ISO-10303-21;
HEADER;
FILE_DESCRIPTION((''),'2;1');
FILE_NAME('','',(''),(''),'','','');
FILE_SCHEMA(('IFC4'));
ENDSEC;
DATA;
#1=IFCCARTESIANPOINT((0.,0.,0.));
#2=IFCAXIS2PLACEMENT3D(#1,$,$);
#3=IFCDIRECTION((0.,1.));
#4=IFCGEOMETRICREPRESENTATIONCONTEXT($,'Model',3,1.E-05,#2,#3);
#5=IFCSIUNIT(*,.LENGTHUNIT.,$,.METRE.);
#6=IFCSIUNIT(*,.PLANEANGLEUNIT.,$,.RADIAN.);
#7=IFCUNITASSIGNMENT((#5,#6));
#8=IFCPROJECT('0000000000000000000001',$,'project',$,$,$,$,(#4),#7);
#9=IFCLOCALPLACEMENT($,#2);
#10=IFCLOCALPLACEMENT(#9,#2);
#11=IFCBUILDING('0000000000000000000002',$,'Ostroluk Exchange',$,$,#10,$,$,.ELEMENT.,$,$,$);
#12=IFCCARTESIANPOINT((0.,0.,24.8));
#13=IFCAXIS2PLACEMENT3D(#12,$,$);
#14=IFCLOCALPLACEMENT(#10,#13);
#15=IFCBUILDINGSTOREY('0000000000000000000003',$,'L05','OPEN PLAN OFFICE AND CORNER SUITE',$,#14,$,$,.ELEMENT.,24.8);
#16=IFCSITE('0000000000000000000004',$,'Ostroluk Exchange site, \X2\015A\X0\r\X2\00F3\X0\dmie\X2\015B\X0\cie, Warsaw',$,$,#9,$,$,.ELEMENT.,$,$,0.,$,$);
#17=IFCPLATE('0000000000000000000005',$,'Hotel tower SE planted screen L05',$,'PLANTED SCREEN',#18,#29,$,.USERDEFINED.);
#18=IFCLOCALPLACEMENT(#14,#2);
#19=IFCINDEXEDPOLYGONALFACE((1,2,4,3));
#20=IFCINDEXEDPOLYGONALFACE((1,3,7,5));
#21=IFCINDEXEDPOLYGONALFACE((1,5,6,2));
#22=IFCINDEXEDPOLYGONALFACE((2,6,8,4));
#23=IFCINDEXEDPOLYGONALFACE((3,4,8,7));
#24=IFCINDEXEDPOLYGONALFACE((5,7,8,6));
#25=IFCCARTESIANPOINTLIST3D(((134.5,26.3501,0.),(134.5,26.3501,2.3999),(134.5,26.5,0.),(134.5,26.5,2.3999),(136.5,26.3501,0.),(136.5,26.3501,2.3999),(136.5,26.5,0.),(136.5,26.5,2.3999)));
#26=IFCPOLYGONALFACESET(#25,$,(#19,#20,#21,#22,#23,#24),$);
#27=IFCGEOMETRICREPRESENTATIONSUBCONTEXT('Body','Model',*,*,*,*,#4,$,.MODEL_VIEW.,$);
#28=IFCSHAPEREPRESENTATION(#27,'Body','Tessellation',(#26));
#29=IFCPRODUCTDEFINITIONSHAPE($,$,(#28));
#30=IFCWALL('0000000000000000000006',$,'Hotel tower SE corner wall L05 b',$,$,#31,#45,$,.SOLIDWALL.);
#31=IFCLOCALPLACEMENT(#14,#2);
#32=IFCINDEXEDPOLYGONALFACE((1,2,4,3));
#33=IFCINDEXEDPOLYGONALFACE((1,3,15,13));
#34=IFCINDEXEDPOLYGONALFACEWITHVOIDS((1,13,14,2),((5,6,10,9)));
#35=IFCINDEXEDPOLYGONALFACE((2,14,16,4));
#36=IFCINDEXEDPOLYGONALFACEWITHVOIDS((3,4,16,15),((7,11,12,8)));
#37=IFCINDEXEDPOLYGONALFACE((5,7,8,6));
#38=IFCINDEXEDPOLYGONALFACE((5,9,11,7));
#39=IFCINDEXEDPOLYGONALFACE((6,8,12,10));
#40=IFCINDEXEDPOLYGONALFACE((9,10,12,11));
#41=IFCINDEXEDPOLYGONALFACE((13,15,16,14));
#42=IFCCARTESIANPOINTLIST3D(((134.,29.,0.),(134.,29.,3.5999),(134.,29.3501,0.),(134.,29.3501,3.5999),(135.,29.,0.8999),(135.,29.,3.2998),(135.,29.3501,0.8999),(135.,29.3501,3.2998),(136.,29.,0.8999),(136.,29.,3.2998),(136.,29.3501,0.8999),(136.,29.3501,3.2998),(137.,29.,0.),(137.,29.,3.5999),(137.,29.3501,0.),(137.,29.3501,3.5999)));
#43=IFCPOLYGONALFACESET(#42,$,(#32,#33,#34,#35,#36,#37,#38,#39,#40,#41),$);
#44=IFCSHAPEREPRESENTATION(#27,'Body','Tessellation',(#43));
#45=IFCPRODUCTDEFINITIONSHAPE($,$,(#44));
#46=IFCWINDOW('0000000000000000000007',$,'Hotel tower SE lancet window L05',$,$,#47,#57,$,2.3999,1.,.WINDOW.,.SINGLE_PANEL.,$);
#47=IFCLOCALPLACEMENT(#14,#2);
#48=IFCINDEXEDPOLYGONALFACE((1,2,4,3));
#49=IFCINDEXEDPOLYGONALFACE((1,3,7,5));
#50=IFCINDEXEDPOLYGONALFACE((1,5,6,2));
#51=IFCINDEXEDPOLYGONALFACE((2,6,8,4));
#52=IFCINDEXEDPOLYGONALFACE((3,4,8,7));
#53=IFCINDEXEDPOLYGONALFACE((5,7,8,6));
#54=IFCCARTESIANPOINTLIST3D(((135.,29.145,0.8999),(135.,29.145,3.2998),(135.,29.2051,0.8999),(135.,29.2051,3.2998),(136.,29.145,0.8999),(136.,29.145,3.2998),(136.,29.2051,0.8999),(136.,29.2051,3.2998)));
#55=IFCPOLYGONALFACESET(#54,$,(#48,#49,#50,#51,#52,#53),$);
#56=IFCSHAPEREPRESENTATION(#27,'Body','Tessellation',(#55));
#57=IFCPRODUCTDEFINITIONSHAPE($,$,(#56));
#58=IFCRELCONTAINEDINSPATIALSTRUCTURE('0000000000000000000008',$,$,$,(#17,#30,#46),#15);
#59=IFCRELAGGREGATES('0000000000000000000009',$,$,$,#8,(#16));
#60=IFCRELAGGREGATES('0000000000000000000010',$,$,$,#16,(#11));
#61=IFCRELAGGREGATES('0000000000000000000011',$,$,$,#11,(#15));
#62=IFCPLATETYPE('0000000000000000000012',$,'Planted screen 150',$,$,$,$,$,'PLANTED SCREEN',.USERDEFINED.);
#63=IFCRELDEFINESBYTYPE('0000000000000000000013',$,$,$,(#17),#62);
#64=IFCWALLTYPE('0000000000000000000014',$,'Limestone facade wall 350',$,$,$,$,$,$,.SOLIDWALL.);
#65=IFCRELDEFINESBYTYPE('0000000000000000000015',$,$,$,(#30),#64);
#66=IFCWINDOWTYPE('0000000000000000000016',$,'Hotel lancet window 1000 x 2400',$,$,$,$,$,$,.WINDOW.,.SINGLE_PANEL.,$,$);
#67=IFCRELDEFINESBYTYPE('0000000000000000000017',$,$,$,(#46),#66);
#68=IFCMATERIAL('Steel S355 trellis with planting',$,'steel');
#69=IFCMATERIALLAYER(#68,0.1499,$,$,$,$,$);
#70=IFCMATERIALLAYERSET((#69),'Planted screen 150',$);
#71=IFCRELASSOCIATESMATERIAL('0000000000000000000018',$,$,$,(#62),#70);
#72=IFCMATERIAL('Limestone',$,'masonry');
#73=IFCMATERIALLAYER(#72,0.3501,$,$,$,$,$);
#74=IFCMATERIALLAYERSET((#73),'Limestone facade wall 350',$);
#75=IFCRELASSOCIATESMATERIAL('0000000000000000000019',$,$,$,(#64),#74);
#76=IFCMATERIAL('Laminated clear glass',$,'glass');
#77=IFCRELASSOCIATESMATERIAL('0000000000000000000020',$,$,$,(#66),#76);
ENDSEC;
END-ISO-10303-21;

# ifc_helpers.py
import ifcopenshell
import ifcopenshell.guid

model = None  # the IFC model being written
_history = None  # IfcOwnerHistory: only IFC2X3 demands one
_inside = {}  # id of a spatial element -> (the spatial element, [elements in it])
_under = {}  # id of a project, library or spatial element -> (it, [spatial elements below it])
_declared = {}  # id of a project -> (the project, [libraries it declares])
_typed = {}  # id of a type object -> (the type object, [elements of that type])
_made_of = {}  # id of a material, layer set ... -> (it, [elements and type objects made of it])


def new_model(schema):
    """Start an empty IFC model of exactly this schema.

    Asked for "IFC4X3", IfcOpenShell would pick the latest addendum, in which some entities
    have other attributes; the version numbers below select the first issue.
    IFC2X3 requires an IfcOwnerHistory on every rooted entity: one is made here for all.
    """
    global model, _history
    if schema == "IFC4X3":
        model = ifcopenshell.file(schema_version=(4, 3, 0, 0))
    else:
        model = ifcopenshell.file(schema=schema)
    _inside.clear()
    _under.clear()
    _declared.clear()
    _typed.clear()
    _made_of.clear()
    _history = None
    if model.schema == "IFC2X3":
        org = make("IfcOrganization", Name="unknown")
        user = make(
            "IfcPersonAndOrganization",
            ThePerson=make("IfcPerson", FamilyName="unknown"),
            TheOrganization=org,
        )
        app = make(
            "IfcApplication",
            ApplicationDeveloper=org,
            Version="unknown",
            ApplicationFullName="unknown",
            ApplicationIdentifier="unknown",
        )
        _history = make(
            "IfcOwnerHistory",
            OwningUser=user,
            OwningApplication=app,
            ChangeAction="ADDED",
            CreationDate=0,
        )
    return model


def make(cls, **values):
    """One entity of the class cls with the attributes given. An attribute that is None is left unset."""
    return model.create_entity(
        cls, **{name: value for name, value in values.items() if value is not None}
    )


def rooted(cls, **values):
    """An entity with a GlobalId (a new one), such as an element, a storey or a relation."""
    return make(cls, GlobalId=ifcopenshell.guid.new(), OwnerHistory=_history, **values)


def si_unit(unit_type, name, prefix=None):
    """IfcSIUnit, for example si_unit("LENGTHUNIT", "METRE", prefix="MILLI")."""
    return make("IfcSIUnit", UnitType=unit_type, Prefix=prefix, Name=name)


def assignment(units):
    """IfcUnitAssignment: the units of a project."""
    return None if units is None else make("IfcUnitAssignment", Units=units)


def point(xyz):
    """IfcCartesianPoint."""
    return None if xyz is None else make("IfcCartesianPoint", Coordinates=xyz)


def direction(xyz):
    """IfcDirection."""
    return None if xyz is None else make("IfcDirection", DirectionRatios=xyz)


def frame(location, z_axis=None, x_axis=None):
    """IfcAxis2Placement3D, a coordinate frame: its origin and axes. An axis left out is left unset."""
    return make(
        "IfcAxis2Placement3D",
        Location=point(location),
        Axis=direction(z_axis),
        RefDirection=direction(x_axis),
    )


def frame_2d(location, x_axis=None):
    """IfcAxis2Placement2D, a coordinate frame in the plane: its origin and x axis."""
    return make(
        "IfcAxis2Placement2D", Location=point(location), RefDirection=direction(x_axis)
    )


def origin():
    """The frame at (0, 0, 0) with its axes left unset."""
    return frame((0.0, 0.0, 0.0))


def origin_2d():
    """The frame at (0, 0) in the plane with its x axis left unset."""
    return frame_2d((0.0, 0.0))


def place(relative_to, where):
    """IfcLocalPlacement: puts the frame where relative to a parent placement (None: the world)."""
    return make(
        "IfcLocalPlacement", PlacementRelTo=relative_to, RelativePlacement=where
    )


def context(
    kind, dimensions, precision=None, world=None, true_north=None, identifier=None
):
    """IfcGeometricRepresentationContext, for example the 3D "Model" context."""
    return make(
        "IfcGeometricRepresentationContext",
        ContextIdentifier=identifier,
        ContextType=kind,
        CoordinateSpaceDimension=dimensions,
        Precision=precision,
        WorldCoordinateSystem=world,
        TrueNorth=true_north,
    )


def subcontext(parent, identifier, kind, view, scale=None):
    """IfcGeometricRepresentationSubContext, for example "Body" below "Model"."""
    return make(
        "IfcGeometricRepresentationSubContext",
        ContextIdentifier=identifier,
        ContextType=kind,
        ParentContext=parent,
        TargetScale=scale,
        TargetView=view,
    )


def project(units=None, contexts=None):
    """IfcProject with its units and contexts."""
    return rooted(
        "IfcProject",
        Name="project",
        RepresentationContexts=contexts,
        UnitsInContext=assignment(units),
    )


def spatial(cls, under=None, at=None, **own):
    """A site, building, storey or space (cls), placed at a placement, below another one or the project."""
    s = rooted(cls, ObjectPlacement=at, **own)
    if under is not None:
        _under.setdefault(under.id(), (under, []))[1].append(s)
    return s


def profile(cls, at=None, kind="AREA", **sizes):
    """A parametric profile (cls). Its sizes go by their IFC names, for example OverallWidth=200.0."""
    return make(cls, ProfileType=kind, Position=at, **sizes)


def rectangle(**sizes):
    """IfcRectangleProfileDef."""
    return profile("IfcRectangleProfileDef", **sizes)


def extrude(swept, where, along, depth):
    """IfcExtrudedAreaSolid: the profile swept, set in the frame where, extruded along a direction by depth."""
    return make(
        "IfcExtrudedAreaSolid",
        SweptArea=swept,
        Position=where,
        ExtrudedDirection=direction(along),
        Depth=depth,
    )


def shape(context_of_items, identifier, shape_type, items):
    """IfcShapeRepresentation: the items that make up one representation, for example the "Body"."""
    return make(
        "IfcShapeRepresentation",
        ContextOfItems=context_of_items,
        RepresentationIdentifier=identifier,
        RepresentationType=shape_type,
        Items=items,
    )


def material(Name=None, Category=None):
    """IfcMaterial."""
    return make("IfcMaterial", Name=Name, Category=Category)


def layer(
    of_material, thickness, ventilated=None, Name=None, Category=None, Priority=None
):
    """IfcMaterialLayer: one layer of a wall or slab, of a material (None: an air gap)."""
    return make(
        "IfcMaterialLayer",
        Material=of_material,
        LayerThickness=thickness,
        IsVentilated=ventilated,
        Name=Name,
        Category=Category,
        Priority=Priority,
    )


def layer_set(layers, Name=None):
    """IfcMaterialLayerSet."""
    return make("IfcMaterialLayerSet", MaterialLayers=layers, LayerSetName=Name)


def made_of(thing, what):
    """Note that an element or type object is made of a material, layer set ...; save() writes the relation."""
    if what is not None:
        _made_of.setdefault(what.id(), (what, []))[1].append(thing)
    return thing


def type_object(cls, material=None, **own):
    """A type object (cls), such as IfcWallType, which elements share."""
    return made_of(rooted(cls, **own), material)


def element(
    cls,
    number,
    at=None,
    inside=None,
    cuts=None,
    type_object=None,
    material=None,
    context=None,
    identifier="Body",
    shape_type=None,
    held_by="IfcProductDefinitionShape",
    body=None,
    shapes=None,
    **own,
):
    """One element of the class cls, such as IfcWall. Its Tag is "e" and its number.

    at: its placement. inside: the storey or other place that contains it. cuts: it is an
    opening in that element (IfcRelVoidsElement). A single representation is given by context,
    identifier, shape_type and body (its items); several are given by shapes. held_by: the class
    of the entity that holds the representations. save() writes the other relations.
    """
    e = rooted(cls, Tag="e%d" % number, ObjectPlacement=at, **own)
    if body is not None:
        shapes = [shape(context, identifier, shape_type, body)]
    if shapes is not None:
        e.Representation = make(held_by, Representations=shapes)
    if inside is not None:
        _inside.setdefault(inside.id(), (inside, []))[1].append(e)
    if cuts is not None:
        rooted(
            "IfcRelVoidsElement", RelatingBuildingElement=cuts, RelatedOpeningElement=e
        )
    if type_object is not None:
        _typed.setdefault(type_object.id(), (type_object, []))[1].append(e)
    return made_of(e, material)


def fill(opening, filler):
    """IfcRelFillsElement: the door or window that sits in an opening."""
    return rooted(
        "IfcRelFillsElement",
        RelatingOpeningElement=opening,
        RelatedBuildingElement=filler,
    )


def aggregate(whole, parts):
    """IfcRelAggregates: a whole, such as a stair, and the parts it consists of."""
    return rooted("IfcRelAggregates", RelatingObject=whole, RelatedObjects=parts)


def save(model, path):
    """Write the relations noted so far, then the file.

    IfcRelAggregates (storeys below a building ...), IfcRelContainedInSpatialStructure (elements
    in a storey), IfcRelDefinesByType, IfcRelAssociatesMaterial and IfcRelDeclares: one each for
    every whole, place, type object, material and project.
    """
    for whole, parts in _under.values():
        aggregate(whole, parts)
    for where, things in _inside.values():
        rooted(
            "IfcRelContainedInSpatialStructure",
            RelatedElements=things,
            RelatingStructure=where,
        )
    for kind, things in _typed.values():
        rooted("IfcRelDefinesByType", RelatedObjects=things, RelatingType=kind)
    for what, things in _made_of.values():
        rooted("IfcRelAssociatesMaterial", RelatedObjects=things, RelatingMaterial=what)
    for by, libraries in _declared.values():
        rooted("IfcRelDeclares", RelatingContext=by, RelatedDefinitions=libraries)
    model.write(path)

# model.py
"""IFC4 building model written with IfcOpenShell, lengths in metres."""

from ifc_helpers import new_model, si_unit, direction, frame, frame_2d, origin, origin_2d, place, context, subcontext, project, spatial, rectangle, extrude, material, layer, layer_set, type_object, element, fill, save


model = new_model("IFC4")

# Units and contexts
model_context = context("Model", 3, precision=1e-05, world=origin(), true_north=direction((0.0, 1.0)))
body_context = subcontext(model_context, "Body", "Model", "MODEL_VIEW")
ifc_project = project(units=[si_unit("LENGTHUNIT", "METRE"), si_unit("PLANEANGLEUNIT", "RADIAN")], contexts=[model_context])

# Site, building, storey
site_placement = place(None, origin())
site = spatial("IfcSite", under=ifc_project, at=site_placement, Name="Ostroluk Exchange site, Śródmieście, Warsaw", CompositionType="ELEMENT", RefElevation=0.0)
building_placement = place(site_placement, origin())
building = spatial("IfcBuilding", under=site, at=building_placement, Name="Ostroluk Exchange", CompositionType="ELEMENT")
storey_placement = place(building_placement, frame((0.0, 0.0, 24.8)))
storey = spatial("IfcBuildingStorey", under=building, at=storey_placement, Name="L05", Description="OPEN PLAN OFFICE AND CORNER SUITE", CompositionType="ELEMENT", Elevation=24.8)

# Plate
ifc_material_1 = material(Name="Steel S355 trellis with planting", Category="steel")
ifc_layer_1 = layer(ifc_material_1, 0.1499)
ifc_layer_set_1 = layer_set([ifc_layer_1], Name="Planted screen 150")
plate_type_1 = type_object("IfcPlateType", Name="Planted screen 150", ElementType="PLANTED SCREEN", PredefinedType="USERDEFINED", material=ifc_layer_set_1)
plate_1_placement = place(storey_placement, frame((135.5, 26.425, 0.0), z_axis=(0.0, 0.0, 1.0), x_axis=(1.0, 0.0, 0.0)))
element("IfcPlate", 1, at=plate_1_placement, inside=storey, type_object=plate_type_1, Name="Hotel tower SE planted screen L05", ObjectType="PLANTED SCREEN", PredefinedType="USERDEFINED", context=body_context, shape_type="SweptSolid", body=[
    extrude(rectangle(XDim=2.0, YDim=0.1499, at=origin_2d()), origin(), (0.0, 0.0, 1.0), 2.3999),
])

# Shared definitions
ifc_material_2 = material(Name="Limestone", Category="masonry")
ifc_layer_2 = layer(ifc_material_2, 0.3501)
ifc_layer_set_2 = layer_set([ifc_layer_2], Name="Limestone facade wall 350")
wall_type = type_object("IfcWallType", Name="Limestone facade wall 350", PredefinedType="SOLIDWALL", material=ifc_layer_set_2)

# Wall, opening, window
wall_1_placement = place(storey_placement, frame((134.0, 29.175, 0.0), z_axis=(0.0, 0.0, 1.0), x_axis=(1.0, 0.0, 0.0)))
wall_1 = element("IfcWall", 2, at=wall_1_placement, inside=storey, type_object=wall_type, Name="Hotel tower SE corner wall L05 b", PredefinedType="SOLIDWALL", context=body_context, shape_type="SweptSolid", body=[
    extrude(rectangle(XDim=3.0, YDim=0.3501, at=frame_2d((1.5, 0.0))), origin(), (0.0, 0.0, 1.0), 3.5999),
])
opening_1_placement = place(wall_1_placement, frame((1.0, 0.0, 0.8999)))
opening_1 = element("IfcOpeningElement", 3, at=opening_1_placement, cuts=wall_1, PredefinedType="OPENING", context=body_context, shape_type="SweptSolid", body=[
    extrude(rectangle(XDim=1.0, YDim=2.3999, at=frame_2d((0.5, 1.2))), frame((0.0, 0.1851, 0.0), z_axis=(0.0, -1.0, 0.0), x_axis=(1.0, 0.0, 0.0)), (0.0, 0.0, 1.0), 0.3701),
])
ifc_material_3 = material(Name="Laminated clear glass", Category="glass")
window_type = type_object("IfcWindowType", Name="Hotel lancet window 1000 x 2400", PartitioningType="SINGLE_PANEL", PredefinedType="WINDOW", material=ifc_material_3)
window_placement = place(opening_1_placement, origin())
window = element("IfcWindow", 4, at=window_placement, inside=storey, type_object=window_type, Name="Hotel tower SE lancet window L05", OverallHeight=2.3999, OverallWidth=1.0, PartitioningType="SINGLE_PANEL", PredefinedType="WINDOW", context=body_context, shape_type="SweptSolid", body=[
    extrude(rectangle(XDim=1.0, YDim=2.3999, at=frame_2d((0.5, 1.2))), frame((0.0, 0.03, 0.0), z_axis=(0.0, -1.0, 0.0), x_axis=(1.0, 0.0, 0.0)), (0.0, 0.0, 1.0), 0.0601),
])
fill(opening_1, window)

save(model, "model.ifc")
